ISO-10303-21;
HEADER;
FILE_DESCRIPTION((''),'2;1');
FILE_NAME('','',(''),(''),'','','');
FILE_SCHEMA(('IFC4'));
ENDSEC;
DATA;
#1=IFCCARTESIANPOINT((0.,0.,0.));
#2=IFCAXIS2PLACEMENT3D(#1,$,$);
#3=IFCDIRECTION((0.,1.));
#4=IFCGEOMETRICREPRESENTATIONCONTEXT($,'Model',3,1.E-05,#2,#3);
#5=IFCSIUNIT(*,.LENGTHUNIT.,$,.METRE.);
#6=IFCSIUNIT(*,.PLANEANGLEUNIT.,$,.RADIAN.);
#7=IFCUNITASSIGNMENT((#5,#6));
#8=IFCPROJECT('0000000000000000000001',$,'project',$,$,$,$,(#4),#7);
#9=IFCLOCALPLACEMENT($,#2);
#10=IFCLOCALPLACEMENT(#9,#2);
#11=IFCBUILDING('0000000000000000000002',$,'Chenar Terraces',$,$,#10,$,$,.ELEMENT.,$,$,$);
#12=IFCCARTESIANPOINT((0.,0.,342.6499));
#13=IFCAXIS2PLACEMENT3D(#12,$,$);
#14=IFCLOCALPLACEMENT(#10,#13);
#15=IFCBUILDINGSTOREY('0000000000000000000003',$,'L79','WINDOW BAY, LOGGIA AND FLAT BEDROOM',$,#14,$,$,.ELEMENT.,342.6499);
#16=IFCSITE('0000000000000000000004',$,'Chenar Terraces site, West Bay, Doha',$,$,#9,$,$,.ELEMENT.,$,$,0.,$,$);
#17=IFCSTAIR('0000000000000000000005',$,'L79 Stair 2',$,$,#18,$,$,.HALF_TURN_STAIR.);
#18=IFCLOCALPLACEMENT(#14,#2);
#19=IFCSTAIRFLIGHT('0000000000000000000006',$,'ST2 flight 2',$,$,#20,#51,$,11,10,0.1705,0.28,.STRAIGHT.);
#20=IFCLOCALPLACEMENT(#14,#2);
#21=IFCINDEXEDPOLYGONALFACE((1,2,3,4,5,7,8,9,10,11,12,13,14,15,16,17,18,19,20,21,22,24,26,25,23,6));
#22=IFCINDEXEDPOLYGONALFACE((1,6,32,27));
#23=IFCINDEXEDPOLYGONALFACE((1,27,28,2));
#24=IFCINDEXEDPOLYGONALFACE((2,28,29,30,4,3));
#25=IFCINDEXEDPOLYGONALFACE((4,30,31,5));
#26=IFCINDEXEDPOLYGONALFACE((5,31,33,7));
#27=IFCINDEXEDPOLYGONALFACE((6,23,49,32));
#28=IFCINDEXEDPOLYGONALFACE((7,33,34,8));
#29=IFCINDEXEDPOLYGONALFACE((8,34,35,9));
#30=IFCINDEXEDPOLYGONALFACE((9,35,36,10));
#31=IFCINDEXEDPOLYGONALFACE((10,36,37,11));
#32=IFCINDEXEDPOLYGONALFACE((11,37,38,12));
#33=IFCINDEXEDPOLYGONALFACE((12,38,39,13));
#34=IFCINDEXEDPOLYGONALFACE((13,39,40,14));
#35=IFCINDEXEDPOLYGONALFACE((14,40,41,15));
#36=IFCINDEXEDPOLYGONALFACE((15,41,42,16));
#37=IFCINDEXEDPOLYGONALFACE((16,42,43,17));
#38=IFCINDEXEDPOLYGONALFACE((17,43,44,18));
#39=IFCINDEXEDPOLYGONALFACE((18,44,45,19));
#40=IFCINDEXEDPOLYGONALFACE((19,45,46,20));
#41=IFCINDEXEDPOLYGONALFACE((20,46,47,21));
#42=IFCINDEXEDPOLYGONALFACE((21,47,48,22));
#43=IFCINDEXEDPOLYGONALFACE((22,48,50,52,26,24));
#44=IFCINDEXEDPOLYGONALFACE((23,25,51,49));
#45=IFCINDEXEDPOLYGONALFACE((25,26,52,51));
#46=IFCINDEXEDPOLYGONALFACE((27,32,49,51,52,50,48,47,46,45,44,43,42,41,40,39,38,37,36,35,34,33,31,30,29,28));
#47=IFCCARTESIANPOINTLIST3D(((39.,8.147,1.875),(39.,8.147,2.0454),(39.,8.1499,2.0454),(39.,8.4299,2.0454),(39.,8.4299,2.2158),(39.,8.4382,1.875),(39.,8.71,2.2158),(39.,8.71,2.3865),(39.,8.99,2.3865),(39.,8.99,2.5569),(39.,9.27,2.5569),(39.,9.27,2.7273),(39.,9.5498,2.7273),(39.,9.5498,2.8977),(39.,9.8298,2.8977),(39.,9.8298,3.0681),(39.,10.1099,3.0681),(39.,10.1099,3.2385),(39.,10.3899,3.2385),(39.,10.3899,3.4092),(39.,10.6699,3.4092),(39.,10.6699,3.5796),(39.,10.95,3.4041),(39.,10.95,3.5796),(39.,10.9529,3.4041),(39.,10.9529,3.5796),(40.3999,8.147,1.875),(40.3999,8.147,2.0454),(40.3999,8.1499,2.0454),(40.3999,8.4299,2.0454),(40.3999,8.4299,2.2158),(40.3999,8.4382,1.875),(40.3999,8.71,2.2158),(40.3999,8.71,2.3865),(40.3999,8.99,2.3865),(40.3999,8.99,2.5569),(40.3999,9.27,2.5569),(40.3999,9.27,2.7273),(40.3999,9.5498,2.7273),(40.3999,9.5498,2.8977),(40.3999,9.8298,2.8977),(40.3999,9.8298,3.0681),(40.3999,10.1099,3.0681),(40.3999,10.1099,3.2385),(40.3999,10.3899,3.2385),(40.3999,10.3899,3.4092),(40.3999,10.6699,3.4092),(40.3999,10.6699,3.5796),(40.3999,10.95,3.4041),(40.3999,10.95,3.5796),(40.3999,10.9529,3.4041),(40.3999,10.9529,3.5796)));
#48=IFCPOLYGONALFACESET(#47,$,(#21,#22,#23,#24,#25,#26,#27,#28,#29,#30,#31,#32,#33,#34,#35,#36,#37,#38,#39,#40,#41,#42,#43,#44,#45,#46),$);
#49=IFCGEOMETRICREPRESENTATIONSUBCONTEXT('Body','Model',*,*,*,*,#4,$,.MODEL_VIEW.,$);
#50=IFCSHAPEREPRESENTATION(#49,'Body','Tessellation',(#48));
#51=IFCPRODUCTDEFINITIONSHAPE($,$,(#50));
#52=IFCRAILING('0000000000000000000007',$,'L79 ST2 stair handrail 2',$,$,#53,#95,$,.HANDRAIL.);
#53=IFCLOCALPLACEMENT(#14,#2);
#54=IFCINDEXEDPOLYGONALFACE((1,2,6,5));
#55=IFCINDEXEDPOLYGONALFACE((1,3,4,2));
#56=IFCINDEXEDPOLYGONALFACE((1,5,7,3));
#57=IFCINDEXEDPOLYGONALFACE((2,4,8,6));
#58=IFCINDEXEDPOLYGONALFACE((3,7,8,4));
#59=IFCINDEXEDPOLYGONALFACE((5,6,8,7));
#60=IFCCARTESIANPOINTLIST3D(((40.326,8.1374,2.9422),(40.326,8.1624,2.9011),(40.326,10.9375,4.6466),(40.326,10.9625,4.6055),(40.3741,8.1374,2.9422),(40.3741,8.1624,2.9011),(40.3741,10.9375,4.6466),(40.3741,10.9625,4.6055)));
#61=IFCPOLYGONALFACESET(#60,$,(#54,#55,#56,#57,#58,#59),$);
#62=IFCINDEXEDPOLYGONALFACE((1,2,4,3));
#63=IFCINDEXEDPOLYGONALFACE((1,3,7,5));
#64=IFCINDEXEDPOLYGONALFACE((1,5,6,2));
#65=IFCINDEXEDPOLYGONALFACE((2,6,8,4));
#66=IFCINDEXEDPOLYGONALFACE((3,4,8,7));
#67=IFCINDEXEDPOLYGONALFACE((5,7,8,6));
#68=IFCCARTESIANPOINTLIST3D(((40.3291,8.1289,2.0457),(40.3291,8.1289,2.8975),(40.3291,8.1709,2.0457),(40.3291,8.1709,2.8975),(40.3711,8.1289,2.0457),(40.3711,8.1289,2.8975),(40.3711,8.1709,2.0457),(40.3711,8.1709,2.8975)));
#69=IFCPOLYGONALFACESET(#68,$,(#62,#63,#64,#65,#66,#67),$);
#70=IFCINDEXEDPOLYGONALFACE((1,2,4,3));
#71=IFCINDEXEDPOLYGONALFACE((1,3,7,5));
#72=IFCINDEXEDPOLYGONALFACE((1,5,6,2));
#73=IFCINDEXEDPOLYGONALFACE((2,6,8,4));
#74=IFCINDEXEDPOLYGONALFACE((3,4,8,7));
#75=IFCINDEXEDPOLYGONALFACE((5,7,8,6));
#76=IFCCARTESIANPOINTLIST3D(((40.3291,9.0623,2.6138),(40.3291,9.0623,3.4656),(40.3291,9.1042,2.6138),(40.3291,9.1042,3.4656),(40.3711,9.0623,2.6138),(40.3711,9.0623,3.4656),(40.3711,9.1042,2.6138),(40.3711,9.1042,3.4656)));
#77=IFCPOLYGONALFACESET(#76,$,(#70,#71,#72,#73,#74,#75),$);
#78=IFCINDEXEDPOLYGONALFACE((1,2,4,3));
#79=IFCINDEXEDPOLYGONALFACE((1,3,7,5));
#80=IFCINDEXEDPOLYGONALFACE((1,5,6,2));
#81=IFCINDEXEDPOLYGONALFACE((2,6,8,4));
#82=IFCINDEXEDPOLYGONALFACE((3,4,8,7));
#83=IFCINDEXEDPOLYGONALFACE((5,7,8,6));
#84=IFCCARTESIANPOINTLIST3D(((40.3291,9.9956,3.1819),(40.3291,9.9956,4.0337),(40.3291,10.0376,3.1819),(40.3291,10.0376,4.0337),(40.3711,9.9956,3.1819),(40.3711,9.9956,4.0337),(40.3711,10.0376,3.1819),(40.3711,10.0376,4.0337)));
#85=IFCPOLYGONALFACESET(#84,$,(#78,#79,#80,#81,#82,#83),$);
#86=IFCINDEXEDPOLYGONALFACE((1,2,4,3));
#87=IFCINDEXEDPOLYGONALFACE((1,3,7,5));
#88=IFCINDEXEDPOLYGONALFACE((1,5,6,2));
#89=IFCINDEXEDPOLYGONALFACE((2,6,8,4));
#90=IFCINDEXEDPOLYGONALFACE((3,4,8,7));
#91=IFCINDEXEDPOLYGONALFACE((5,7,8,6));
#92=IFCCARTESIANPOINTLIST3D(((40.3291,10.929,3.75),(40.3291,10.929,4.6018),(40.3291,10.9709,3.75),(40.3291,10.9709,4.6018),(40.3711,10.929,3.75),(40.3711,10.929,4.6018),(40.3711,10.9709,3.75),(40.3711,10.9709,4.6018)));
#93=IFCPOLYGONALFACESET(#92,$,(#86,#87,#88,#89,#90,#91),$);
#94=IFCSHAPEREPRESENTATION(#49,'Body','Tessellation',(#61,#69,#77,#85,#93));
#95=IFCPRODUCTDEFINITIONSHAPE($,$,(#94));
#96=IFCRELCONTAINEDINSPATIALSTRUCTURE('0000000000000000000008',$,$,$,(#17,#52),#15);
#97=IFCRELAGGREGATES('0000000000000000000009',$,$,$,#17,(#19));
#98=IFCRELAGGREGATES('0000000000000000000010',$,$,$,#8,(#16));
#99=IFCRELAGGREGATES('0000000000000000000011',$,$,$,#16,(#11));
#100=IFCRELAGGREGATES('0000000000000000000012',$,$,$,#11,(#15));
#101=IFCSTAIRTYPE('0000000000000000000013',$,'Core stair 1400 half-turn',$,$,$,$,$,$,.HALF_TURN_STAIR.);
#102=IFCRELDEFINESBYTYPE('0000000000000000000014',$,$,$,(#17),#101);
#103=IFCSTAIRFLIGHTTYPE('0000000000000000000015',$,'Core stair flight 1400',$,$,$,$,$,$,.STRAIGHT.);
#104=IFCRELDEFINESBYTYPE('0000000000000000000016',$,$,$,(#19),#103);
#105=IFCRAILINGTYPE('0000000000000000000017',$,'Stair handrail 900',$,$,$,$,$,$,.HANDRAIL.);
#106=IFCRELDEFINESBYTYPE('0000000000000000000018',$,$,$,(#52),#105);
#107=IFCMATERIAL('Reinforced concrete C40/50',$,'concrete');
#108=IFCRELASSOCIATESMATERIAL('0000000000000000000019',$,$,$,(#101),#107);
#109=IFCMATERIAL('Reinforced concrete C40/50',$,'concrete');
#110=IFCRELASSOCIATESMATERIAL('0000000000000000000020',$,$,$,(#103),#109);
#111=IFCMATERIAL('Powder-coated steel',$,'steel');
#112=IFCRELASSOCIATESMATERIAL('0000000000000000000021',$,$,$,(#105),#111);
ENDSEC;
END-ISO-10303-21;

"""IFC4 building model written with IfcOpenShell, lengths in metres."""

from ifc_helpers import new_model, si_unit, direction, frame, origin, origin_2d, place, context, subcontext, project, spatial, polyline, rectangle, outline, extrude, material, type_object, element, aggregate, save


model = new_model("IFC4")

# Units and contexts
model_context = context("Model", 3, precision=1e-05, world=origin(), true_north=direction((0.0, 1.0)))
body_context = subcontext(model_context, "Body", "Model", "MODEL_VIEW")
ifc_project = project(units=[si_unit("LENGTHUNIT", "METRE"), si_unit("PLANEANGLEUNIT", "RADIAN")], contexts=[model_context])

# Site, building, storey
site_placement = place(None, origin())
site = spatial("IfcSite", under=ifc_project, at=site_placement, Name="Chenar Terraces site, West Bay, Doha", CompositionType="ELEMENT", RefElevation=0.0)
building_placement = place(site_placement, origin())
building = spatial("IfcBuilding", under=site, at=building_placement, Name="Chenar Terraces", CompositionType="ELEMENT")
storey_placement = place(building_placement, frame((0.0, 0.0, 342.6499)))
storey = spatial("IfcBuildingStorey", under=building, at=storey_placement, Name="L79", Description="WINDOW BAY, LOGGIA AND FLAT BEDROOM", CompositionType="ELEMENT", Elevation=342.6499)

# Stair, stair flight
ifc_material_1 = material(Name="Reinforced concrete C40/50", Category="concrete")
stair_type = type_object("IfcStairType", Name="Core stair 1400 half-turn", PredefinedType="HALF_TURN_STAIR", material=ifc_material_1)
stair_placement = place(storey_placement, origin())
stair = element("IfcStair", 1, at=stair_placement, inside=storey, type_object=stair_type, Name="L79 Stair 2", PredefinedType="HALF_TURN_STAIR")
ifc_material_2 = material(Name="Reinforced concrete C40/50", Category="concrete")
stair_flight_type = type_object("IfcStairFlightType", Name="Core stair flight 1400", PredefinedType="STRAIGHT", material=ifc_material_2)
stair_flight_placement = place(storey_placement, frame((39.7, 8.1499, 1.875), z_axis=(0.0, 0.0, 1.0), x_axis=(0.0, 1.0, 0.0)))
stair_flight = element("IfcStairFlight", 2, at=stair_flight_placement, type_object=stair_flight_type, Name="ST2 flight 2", NumberOfRisers=11, NumberOfTreads=10, PredefinedType="STRAIGHT", RiserHeight=0.1705, TreadLength=0.28, context=body_context, shape_type="SweptSolid", body=[
    extrude(outline(polyline([(-0.0029, 0.0), (-0.0029, 0.1704), (0.0, 0.1704), (0.28, 0.1704), (0.28, 0.3408), (0.5601, 0.3408), (0.5601, 0.5115), (0.8401, 0.5115), (0.8401, 0.6819), (1.1201, 0.6819), (1.1201, 0.8523), (1.3999, 0.8523), (1.3999, 1.0227), (1.6799, 1.0227), (1.6799, 1.1931), (1.96, 1.1931), (1.96, 1.3635), (2.24, 1.3635), (2.24, 1.5342), (2.52, 1.5342), (2.52, 1.7046), (2.8, 1.7046), (2.803, 1.7046), (2.803, 1.5291), (2.8, 1.5291), (0.2883, 0.0), (-0.0029, 0.0)])), frame((0.0, 0.7, 0.0), z_axis=(0.0, -1.0, 0.0), x_axis=(1.0, 0.0, 0.0)), (0.0, 0.0, 1.0), 1.3999),
])
aggregate(stair, [stair_flight])

# Railing
ifc_material_3 = material(Name="Powder-coated steel", Category="steel")
railing_type = type_object("IfcRailingType", Name="Stair handrail 900", PredefinedType="HANDRAIL", material=ifc_material_3)
railing_placement = place(storey_placement, frame((40.3501, 8.1499, 2.0457)))
element("IfcRailing", 3, at=railing_placement, inside=storey, type_object=railing_type, Name="L79 ST2 stair handrail 2", PredefinedType="HANDRAIL", context=body_context, shape_type="SweptSolid", body=[
    extrude(rectangle(XDim=0.0481, YDim=0.0481, at=origin_2d()), frame((0.0, 0.0, 0.876), z_axis=(0.0, 0.854203, 0.51994), x_axis=(-1.0, 0.0, 0.0)), (0.0, 0.0, 1.0), 3.2781),
    extrude(rectangle(XDim=0.042, YDim=0.042, at=origin_2d()), origin(), (0.0, 0.0, 1.0), 0.8518),
    extrude(rectangle(XDim=0.042, YDim=0.042, at=origin_2d()), frame((0.0, 0.9333, 0.5681)), (0.0, 0.0, 1.0), 0.8518),
    extrude(rectangle(XDim=0.042, YDim=0.042, at=origin_2d()), frame((0.0, 1.8667, 1.1362)), (0.0, 0.0, 1.0), 0.8518),
    extrude(rectangle(XDim=0.042, YDim=0.042, at=origin_2d()), frame((0.0, 2.8, 1.7043)), (0.0, 0.0, 1.0), 0.8518),
])

save(model, "model.ifc")
